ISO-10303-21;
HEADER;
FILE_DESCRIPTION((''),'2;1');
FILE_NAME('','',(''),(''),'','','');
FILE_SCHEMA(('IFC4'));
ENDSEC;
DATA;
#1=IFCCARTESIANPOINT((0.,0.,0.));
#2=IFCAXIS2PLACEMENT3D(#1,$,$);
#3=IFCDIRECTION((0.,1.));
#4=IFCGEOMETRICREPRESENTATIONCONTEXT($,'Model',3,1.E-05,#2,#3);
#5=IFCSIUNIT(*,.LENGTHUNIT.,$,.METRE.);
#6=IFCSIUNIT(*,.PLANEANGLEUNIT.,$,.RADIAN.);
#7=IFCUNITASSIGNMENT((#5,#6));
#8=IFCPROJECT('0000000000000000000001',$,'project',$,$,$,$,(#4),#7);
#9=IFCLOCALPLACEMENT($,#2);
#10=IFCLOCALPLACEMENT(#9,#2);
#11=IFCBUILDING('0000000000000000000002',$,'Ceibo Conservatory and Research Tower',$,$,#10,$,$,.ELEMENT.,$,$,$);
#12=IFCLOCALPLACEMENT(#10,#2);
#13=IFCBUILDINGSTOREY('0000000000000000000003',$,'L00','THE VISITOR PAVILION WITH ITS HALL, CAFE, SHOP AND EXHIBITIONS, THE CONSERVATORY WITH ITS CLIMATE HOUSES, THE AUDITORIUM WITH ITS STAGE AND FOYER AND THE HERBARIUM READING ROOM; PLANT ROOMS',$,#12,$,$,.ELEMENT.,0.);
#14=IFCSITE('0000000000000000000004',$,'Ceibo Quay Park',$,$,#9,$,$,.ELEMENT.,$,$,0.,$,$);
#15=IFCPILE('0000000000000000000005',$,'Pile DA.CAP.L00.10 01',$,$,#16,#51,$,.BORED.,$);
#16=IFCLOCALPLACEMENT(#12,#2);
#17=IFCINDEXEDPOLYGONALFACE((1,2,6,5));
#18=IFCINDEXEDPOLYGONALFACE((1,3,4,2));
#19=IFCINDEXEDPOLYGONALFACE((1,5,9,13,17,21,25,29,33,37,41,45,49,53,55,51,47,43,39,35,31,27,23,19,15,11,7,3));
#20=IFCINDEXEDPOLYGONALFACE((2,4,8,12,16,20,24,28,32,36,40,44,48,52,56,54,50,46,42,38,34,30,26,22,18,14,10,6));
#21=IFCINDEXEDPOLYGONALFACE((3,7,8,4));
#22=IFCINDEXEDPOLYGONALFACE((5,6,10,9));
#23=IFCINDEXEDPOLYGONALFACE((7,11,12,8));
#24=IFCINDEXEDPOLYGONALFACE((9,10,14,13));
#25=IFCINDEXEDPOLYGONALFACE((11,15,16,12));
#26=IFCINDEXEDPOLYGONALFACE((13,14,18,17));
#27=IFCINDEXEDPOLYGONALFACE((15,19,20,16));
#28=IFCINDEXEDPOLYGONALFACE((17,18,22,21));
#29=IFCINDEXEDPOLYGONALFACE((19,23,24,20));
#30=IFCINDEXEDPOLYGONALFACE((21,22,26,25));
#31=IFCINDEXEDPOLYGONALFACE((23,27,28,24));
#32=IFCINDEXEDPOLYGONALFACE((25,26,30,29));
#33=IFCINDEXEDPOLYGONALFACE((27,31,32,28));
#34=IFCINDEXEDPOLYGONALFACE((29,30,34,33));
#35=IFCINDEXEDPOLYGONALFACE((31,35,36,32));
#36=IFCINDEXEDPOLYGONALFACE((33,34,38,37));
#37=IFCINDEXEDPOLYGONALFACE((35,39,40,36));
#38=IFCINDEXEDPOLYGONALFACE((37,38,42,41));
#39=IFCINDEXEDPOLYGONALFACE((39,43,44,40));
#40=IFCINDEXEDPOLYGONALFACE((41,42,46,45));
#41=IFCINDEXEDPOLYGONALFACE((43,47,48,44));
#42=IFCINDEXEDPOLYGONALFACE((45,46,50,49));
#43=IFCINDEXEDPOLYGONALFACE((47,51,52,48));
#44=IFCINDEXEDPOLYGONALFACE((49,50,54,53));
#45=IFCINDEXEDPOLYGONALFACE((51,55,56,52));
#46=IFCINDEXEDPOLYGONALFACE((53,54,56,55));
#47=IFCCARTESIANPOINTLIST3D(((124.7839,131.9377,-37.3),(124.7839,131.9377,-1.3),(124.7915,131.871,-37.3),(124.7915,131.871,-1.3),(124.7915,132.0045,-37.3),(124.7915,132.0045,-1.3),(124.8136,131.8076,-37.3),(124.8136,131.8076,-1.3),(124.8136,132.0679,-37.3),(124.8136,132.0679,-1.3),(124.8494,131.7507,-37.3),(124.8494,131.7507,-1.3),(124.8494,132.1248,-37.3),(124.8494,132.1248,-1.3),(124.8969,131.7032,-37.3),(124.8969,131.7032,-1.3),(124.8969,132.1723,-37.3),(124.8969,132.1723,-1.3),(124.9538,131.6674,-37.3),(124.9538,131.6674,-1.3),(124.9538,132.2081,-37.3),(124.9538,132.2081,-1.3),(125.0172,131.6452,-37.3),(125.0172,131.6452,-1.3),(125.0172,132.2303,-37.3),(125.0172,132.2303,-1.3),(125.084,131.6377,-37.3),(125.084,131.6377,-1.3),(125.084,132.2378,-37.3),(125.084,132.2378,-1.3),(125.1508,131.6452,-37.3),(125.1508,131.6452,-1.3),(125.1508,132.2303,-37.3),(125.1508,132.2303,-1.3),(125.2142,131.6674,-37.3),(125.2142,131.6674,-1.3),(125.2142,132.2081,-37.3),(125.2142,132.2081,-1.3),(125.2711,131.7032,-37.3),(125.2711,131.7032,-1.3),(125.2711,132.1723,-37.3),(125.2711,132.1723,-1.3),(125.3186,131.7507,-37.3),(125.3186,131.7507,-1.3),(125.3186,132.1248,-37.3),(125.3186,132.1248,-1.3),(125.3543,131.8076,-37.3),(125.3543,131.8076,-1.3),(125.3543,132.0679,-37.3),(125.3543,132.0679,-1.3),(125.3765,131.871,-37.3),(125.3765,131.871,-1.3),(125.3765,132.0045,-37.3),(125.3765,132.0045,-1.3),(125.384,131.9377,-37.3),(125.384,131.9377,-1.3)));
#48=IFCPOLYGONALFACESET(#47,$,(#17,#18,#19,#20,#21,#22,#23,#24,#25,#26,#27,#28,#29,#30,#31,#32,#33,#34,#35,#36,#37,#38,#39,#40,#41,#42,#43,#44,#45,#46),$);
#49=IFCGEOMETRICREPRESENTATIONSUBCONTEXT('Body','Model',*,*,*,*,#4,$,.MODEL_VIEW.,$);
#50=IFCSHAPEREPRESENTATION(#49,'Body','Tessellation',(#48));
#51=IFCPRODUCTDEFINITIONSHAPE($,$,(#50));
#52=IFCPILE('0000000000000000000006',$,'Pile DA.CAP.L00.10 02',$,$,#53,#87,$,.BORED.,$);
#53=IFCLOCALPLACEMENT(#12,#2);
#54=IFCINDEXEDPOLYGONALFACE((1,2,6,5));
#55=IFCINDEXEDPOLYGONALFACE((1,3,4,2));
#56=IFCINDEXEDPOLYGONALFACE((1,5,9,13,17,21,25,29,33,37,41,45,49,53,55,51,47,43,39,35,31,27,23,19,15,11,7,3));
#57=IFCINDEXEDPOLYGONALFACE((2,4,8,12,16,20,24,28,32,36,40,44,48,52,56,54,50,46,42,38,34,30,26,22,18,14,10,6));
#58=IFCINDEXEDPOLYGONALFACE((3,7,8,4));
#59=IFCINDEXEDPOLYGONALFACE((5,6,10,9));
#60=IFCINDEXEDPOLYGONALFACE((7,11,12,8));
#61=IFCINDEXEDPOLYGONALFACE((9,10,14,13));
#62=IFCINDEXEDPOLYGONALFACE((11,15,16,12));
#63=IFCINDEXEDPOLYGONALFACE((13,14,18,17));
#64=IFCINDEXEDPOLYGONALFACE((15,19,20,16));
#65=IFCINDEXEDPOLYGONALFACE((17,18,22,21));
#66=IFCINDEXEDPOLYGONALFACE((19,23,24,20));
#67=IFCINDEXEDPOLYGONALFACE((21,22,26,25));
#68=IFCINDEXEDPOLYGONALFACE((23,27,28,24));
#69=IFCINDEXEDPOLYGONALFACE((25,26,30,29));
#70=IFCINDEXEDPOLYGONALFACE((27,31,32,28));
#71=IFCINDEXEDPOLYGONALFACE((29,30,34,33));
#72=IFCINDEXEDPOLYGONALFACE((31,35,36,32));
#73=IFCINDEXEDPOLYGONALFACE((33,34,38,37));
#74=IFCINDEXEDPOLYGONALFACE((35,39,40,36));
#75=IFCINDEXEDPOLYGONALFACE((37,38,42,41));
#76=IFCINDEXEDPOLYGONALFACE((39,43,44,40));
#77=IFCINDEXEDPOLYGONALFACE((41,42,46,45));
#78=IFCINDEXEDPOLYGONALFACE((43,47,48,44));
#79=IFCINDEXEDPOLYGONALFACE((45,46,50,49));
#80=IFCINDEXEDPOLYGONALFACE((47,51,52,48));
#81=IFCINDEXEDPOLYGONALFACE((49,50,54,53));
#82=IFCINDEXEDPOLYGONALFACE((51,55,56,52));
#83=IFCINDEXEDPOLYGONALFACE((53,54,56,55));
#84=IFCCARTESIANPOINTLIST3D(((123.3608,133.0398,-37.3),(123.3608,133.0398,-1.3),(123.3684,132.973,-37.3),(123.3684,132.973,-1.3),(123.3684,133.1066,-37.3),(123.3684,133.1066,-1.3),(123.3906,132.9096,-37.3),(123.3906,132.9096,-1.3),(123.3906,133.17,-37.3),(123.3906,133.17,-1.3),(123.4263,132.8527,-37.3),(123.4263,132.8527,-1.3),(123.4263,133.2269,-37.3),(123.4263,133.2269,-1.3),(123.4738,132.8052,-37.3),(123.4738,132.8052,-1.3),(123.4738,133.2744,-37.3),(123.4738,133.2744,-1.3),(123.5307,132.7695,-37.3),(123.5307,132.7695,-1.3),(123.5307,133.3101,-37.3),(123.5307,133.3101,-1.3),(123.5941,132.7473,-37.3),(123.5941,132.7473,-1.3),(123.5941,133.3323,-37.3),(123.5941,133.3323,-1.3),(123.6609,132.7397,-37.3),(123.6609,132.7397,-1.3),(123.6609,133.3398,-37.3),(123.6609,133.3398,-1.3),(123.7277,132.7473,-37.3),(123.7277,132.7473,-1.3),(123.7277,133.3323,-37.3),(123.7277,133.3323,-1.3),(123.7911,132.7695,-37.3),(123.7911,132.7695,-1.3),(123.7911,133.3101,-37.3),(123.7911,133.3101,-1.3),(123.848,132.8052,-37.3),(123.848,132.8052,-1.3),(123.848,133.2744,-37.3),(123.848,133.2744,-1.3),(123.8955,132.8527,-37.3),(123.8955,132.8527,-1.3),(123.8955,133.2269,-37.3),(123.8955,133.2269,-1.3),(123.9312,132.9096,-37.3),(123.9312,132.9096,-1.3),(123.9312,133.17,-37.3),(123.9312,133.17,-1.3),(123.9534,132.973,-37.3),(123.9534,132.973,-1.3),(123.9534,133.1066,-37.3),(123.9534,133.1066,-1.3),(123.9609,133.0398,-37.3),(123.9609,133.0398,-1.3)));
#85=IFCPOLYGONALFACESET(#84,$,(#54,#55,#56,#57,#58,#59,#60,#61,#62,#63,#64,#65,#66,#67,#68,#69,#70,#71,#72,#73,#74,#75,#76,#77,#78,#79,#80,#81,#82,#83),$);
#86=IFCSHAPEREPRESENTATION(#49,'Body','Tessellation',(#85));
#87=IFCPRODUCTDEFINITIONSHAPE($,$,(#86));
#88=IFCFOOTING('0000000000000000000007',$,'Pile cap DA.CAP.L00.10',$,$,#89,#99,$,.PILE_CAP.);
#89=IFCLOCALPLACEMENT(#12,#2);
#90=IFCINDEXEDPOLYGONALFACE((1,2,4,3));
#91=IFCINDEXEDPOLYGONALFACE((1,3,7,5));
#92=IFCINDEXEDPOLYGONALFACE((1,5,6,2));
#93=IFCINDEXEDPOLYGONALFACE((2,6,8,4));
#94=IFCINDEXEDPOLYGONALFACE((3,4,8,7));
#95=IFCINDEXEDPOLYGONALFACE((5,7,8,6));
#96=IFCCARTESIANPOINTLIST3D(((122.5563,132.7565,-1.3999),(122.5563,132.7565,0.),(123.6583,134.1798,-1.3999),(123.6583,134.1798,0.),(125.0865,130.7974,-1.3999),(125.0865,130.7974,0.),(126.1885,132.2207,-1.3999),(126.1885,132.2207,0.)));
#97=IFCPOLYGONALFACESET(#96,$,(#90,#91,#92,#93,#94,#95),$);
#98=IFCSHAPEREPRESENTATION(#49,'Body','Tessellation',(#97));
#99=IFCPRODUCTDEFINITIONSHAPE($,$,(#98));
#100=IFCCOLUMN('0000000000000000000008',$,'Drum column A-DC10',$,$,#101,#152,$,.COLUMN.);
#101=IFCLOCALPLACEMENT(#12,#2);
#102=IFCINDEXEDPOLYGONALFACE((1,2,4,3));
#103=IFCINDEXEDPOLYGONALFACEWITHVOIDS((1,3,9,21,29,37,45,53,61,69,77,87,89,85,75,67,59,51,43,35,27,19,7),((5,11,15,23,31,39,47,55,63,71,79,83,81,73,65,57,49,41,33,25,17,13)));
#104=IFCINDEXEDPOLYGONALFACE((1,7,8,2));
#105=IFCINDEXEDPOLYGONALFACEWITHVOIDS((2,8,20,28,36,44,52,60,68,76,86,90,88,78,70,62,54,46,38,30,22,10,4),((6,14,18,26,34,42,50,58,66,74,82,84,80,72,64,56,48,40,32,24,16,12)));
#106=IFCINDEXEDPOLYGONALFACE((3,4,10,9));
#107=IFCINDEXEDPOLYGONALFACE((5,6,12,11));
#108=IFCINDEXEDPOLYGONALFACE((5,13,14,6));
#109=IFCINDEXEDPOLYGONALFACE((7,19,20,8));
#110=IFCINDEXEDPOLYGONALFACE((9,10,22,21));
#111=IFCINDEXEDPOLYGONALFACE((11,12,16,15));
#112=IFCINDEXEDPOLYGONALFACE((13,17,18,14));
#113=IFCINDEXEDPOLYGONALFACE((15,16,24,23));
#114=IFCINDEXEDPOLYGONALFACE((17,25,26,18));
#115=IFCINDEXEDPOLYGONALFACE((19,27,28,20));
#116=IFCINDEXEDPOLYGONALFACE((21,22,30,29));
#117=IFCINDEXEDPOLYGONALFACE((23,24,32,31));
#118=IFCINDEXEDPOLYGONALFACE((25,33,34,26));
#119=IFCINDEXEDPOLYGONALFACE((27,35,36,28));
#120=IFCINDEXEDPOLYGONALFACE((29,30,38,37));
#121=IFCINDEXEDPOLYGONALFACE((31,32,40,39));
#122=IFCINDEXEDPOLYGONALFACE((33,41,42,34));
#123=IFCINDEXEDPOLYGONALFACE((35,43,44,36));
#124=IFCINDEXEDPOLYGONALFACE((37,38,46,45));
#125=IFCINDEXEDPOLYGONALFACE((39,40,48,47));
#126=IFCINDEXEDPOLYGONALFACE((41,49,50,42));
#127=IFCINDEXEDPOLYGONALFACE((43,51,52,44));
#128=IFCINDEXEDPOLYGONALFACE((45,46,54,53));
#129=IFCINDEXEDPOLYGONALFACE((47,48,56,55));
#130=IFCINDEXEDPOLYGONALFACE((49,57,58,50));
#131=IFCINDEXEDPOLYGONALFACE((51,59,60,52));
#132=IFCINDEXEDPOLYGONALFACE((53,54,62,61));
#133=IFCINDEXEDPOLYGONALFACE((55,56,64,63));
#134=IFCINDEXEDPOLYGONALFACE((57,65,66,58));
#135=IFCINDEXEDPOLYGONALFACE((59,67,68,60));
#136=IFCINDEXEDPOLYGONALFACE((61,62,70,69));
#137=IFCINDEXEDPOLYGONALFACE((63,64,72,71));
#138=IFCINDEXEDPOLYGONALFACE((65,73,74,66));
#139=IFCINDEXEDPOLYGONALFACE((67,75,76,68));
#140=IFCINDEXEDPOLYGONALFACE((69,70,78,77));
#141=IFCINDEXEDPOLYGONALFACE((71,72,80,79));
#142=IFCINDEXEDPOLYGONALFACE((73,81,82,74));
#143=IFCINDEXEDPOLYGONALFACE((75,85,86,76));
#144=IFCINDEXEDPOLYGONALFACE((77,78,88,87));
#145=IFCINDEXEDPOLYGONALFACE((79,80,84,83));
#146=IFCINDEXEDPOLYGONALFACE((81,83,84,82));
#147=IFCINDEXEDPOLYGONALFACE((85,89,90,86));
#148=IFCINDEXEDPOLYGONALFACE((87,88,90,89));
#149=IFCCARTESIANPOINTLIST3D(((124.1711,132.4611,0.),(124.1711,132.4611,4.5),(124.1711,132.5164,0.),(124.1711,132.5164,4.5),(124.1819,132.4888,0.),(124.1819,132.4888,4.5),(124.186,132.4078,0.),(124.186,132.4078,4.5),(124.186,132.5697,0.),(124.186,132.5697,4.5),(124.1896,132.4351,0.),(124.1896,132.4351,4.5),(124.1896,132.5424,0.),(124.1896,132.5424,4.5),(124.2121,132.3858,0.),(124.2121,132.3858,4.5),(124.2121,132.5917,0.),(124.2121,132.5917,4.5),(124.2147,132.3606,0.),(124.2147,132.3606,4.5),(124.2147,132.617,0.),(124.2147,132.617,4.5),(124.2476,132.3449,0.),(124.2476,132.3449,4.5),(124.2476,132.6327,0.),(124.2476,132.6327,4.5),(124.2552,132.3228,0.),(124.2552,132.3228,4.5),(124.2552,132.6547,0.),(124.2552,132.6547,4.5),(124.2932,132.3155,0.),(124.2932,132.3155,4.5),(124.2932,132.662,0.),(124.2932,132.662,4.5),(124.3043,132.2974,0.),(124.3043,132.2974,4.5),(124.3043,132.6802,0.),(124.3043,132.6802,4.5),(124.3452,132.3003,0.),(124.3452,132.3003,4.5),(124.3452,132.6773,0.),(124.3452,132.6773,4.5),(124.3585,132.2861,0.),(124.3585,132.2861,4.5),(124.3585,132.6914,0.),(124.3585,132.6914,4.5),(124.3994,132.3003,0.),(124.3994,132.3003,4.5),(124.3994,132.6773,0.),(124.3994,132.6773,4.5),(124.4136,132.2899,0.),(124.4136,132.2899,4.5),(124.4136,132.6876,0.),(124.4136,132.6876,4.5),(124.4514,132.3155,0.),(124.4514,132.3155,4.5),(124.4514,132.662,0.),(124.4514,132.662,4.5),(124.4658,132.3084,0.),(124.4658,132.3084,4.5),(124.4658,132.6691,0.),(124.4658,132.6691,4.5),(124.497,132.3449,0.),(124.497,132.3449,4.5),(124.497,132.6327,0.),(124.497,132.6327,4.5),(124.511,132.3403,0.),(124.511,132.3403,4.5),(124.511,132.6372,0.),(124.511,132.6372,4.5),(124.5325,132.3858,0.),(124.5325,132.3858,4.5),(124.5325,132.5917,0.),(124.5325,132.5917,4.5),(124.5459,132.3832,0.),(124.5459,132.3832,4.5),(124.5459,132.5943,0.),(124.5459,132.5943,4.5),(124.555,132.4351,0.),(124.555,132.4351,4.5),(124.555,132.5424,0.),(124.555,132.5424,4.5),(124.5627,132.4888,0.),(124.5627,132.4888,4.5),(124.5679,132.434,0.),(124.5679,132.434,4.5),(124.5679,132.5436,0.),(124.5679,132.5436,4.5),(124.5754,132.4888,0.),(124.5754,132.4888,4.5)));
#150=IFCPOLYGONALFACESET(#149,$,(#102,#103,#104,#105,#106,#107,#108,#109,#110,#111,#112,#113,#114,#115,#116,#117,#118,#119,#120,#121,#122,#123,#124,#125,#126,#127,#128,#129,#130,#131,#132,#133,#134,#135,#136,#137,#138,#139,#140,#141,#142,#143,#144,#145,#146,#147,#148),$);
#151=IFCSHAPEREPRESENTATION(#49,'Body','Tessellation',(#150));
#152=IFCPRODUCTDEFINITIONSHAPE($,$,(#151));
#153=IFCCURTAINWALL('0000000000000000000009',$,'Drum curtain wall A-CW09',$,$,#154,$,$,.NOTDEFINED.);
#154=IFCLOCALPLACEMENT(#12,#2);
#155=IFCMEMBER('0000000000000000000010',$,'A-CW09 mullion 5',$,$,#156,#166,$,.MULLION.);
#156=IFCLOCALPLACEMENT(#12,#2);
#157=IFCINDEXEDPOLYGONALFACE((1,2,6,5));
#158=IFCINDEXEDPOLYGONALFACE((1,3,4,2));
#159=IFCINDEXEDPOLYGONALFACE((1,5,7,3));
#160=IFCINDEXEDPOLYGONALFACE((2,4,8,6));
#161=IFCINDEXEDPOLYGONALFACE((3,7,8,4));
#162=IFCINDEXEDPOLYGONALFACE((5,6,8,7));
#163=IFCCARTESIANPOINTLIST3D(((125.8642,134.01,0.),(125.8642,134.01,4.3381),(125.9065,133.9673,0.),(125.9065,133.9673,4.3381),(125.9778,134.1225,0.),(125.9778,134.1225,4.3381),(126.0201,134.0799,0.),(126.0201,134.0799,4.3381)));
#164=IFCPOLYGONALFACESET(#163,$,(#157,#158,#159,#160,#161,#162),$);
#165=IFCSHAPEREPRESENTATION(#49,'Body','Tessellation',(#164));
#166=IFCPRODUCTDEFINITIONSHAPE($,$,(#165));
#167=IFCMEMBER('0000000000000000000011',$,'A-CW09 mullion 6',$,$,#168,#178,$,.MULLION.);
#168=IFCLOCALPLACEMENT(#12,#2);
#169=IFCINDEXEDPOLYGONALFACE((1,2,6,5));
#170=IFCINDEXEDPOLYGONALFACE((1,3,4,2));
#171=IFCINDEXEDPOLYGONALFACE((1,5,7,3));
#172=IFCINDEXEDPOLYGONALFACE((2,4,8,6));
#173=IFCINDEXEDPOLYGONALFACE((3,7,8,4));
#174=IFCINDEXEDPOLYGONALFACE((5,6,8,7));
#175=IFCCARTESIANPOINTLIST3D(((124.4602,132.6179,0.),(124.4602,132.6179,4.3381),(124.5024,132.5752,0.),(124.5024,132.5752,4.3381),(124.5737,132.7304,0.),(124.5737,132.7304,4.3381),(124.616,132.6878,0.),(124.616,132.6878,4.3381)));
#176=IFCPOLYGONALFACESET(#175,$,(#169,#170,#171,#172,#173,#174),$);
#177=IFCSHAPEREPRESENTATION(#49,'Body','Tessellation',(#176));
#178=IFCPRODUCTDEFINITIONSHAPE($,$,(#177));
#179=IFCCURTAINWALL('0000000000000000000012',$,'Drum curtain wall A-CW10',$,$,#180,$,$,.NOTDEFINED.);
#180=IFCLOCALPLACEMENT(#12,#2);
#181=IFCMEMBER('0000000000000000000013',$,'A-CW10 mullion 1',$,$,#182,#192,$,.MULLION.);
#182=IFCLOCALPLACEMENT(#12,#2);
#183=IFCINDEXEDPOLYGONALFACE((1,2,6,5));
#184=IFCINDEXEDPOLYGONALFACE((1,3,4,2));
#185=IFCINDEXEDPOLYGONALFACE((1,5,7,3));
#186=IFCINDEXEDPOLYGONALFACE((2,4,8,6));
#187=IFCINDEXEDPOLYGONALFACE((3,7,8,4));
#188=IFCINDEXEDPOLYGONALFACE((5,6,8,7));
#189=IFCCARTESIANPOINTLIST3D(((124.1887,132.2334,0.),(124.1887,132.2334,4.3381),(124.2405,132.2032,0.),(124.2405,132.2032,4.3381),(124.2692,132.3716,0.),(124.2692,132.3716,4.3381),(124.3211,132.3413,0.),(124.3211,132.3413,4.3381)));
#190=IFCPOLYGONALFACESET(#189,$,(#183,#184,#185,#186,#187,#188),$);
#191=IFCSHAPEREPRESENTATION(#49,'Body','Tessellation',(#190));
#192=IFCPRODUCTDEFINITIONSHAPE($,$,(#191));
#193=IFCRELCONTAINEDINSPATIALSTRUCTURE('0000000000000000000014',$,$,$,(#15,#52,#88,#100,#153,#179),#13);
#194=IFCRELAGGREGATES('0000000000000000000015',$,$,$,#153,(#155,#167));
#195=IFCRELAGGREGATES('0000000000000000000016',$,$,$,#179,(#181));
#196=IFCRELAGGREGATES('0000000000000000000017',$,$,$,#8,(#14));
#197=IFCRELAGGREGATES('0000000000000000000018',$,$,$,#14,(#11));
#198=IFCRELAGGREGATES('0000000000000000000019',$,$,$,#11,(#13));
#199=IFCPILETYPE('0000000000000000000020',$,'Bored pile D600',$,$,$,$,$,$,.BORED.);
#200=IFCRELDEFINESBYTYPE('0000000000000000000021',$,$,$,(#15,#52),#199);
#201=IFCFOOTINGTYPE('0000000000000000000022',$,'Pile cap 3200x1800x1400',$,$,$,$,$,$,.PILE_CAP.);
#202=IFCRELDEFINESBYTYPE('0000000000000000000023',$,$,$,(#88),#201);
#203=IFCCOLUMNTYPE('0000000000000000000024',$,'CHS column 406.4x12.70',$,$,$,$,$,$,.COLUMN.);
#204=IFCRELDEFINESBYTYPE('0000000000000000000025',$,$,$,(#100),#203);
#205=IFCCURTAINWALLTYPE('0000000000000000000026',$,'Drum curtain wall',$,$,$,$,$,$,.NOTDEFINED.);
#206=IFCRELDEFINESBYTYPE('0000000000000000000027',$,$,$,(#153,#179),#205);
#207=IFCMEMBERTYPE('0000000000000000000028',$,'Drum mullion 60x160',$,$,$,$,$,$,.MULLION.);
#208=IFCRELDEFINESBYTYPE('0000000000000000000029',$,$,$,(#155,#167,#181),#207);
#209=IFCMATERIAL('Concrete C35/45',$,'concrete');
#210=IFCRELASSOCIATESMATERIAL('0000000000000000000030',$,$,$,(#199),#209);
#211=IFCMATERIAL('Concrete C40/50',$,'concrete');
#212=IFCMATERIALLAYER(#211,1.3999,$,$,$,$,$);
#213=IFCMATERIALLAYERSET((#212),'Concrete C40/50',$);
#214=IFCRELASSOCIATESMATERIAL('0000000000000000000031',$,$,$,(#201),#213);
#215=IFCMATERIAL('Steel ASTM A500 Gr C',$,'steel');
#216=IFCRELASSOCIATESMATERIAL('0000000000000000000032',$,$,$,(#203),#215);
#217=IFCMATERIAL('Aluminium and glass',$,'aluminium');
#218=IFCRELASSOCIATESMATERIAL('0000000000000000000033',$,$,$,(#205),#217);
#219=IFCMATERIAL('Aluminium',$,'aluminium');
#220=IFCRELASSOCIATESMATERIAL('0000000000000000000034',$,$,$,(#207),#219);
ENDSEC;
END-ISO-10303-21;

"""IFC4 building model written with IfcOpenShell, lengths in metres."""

from ifc_helpers import new_model, si_unit, direction, frame, origin, origin_2d, place, context, subcontext, project, spatial, polyline, rectangle, circle, hollow_circle, outline, extrude, material, layer, layer_set, material_profile, profile_set, type_object, element, aggregate, save


model = new_model("IFC4")

# Units and contexts
model_context = context("Model", 3, precision=1e-05, world=origin(), true_north=direction((0.0, 1.0)))
body_context = subcontext(model_context, "Body", "Model", "MODEL_VIEW")
ifc_project = project(units=[si_unit("LENGTHUNIT", "METRE"), si_unit("PLANEANGLEUNIT", "RADIAN")], contexts=[model_context])

# Site, building, storey
site_placement = place(None, origin())
site = spatial("IfcSite", under=ifc_project, at=site_placement, Name="Ceibo Quay Park", CompositionType="ELEMENT", RefElevation=0.0)
building_placement = place(site_placement, origin())
building = spatial("IfcBuilding", under=site, at=building_placement, Name="Ceibo Conservatory and Research Tower", CompositionType="ELEMENT")
storey_placement = place(building_placement, origin())
storey = spatial("IfcBuildingStorey", under=building, at=storey_placement, Name="L00", Description="THE VISITOR PAVILION WITH ITS HALL, CAFE, SHOP AND EXHIBITIONS, THE CONSERVATORY WITH ITS CLIMATE HOUSES, THE AUDITORIUM WITH ITS STAGE AND FOYER AND THE HERBARIUM READING ROOM; PLANT ROOMS", CompositionType="ELEMENT", Elevation=0.0)

# Piles
ifc_material_1 = material(Name="Concrete C35/45", Category="concrete")
ifc_material_profile_1 = material_profile(ifc_material_1, circle(Radius=0.3, at=origin_2d()), Name="RC D600")
ifc_profile_set_1 = profile_set([ifc_material_profile_1], Name="Concrete C35/45")
pile_type = type_object("IfcPileType", Name="Bored pile D600", PredefinedType="BORED", material=ifc_profile_set_1)
for number, where, z_axis, x_axis, name in (
    (1, (125.084, 131.9377, -1.3), (0.0, 0.0, -1.0), (1.0, 0.0, 0.0), "Pile DA.CAP.L00.10 01"),
    (2, (123.6609, 133.0398, -1.3), (0.0, 0.0, -1.0), (1.0, 0.0, 0.0), "Pile DA.CAP.L00.10 02"),
):
    element("IfcPile", number, at=place(storey_placement, frame(where, z_axis=z_axis, x_axis=x_axis)), inside=storey, type_object=pile_type, Name=name, PredefinedType="BORED", context=body_context, shape_type="SweptSolid", body=[
        extrude(circle(Radius=0.3, at=origin_2d()), origin(), (0.0, 0.0, 1.0), 36.0),
    ])

# Footing
ifc_material_2 = material(Name="Concrete C40/50", Category="concrete")
ifc_layer_1 = layer(ifc_material_2, 1.3999)
ifc_layer_set_1 = layer_set([ifc_layer_1], Name="Concrete C40/50")
footing_type = type_object("IfcFootingType", Name="Pile cap 3200x1800x1400", PredefinedType="PILE_CAP", material=ifc_layer_set_1)
footing_placement = place(storey_placement, frame((126.1885, 132.2207, -1.3999), z_axis=(0.0, 0.0, 1.0), x_axis=(-0.79069, 0.612217, 0.0)))
element("IfcFooting", 3, at=footing_placement, inside=storey, type_object=footing_type, Name="Pile cap DA.CAP.L00.10", PredefinedType="PILE_CAP", context=body_context, shape_type="SweptSolid", body=[
    extrude(outline(polyline([(0.0, 0.0), (3.2, 0.0), (3.2, 1.8), (0.0, 1.8), (0.0, 0.0)])), origin(), (0.0, 0.0, 1.0), 1.3999),
])

# Column
ifc_material_3 = material(Name="Steel ASTM A500 Gr C", Category="steel")
ifc_material_profile_2 = material_profile(ifc_material_3, hollow_circle(Radius=0.2031, WallThickness=0.0127, at=origin_2d()), Name="CHS column 406.4x12.70")
ifc_profile_set_2 = profile_set([ifc_material_profile_2], Name="Steel ASTM A500 Gr C")
column_type = type_object("IfcColumnType", Name="CHS column 406.4x12.70", PredefinedType="COLUMN", material=ifc_profile_set_2)
column_placement = place(storey_placement, frame((124.3723, 132.4888, 0.0), z_axis=(0.0, 0.0, 1.0), x_axis=(1.0, 0.0, 0.0)))
element("IfcColumn", 4, at=column_placement, inside=storey, type_object=column_type, Name="Drum column A-DC10", PredefinedType="COLUMN", context=body_context, shape_type="SweptSolid", body=[
    extrude(hollow_circle(Radius=0.2031, WallThickness=0.0127, at=origin_2d()), origin(), (0.0, 0.0, 1.0), 4.5),
])

# Curtain walls, members
ifc_material_4 = material(Name="Aluminium and glass", Category="aluminium")
curtain_wall_type = type_object("IfcCurtainWallType", Name="Drum curtain wall", PredefinedType="NOTDEFINED", material=ifc_material_4)
curtain_wall_1_placement = place(storey_placement, origin())
curtain_wall_1 = element("IfcCurtainWall", 5, at=curtain_wall_1_placement, inside=storey, type_object=curtain_wall_type, Name="Drum curtain wall A-CW09", PredefinedType="NOTDEFINED")
ifc_material_5 = material(Name="Aluminium", Category="aluminium")
ifc_material_profile_3 = material_profile(ifc_material_5, rectangle(XDim=0.0601, YDim=0.1599, at=origin_2d()), Name="AL 60x160")
ifc_profile_set_3 = profile_set([ifc_material_profile_3], Name="Aluminium")
member_type_1 = type_object("IfcMemberType", Name="Drum mullion 60x160", PredefinedType="MULLION", material=ifc_profile_set_3)
member_1_placement = place(storey_placement, frame((125.9421, 134.0449, 0.0), z_axis=(0.0, 0.0, 1.0), x_axis=(0.704015, -0.710185, 0.0)))
member_1 = element("IfcMember", 6, at=member_1_placement, type_object=member_type_1, Name="A-CW09 mullion 5", PredefinedType="MULLION", context=body_context, shape_type="SweptSolid", body=[
    extrude(rectangle(XDim=0.0601, YDim=0.1599, at=origin_2d()), origin(), (0.0, 0.0, 1.0), 4.3381),
])
member_2_placement = place(storey_placement, frame((124.5381, 132.6528, 0.0), z_axis=(0.0, 0.0, 1.0), x_axis=(0.704015, -0.710185, 0.0)))
member_2 = element("IfcMember", 7, at=member_2_placement, type_object=member_type_1, Name="A-CW09 mullion 6", PredefinedType="MULLION", context=body_context, shape_type="SweptSolid", body=[
    extrude(rectangle(XDim=0.0601, YDim=0.1599, at=origin_2d()), origin(), (0.0, 0.0, 1.0), 4.3381),
])
curtain_wall_2_placement = place(storey_placement, origin())
curtain_wall_2 = element("IfcCurtainWall", 8, at=curtain_wall_2_placement, inside=storey, type_object=curtain_wall_type, Name="Drum curtain wall A-CW10", PredefinedType="NOTDEFINED")
member_3_placement = place(storey_placement, frame((124.2549, 132.2874, 0.0), z_axis=(0.0, 0.0, 1.0), x_axis=(0.863836, -0.503774, 0.0)))
member_3 = element("IfcMember", 9, at=member_3_placement, type_object=member_type_1, Name="A-CW10 mullion 1", PredefinedType="MULLION", context=body_context, shape_type="SweptSolid", body=[
    extrude(rectangle(XDim=0.0601, YDim=0.1599, at=origin_2d()), origin(), (0.0, 0.0, 1.0), 4.3381),
])

aggregate(curtain_wall_1, [member_1, member_2])
aggregate(curtain_wall_2, [member_3])

save(model, "model.ifc")
